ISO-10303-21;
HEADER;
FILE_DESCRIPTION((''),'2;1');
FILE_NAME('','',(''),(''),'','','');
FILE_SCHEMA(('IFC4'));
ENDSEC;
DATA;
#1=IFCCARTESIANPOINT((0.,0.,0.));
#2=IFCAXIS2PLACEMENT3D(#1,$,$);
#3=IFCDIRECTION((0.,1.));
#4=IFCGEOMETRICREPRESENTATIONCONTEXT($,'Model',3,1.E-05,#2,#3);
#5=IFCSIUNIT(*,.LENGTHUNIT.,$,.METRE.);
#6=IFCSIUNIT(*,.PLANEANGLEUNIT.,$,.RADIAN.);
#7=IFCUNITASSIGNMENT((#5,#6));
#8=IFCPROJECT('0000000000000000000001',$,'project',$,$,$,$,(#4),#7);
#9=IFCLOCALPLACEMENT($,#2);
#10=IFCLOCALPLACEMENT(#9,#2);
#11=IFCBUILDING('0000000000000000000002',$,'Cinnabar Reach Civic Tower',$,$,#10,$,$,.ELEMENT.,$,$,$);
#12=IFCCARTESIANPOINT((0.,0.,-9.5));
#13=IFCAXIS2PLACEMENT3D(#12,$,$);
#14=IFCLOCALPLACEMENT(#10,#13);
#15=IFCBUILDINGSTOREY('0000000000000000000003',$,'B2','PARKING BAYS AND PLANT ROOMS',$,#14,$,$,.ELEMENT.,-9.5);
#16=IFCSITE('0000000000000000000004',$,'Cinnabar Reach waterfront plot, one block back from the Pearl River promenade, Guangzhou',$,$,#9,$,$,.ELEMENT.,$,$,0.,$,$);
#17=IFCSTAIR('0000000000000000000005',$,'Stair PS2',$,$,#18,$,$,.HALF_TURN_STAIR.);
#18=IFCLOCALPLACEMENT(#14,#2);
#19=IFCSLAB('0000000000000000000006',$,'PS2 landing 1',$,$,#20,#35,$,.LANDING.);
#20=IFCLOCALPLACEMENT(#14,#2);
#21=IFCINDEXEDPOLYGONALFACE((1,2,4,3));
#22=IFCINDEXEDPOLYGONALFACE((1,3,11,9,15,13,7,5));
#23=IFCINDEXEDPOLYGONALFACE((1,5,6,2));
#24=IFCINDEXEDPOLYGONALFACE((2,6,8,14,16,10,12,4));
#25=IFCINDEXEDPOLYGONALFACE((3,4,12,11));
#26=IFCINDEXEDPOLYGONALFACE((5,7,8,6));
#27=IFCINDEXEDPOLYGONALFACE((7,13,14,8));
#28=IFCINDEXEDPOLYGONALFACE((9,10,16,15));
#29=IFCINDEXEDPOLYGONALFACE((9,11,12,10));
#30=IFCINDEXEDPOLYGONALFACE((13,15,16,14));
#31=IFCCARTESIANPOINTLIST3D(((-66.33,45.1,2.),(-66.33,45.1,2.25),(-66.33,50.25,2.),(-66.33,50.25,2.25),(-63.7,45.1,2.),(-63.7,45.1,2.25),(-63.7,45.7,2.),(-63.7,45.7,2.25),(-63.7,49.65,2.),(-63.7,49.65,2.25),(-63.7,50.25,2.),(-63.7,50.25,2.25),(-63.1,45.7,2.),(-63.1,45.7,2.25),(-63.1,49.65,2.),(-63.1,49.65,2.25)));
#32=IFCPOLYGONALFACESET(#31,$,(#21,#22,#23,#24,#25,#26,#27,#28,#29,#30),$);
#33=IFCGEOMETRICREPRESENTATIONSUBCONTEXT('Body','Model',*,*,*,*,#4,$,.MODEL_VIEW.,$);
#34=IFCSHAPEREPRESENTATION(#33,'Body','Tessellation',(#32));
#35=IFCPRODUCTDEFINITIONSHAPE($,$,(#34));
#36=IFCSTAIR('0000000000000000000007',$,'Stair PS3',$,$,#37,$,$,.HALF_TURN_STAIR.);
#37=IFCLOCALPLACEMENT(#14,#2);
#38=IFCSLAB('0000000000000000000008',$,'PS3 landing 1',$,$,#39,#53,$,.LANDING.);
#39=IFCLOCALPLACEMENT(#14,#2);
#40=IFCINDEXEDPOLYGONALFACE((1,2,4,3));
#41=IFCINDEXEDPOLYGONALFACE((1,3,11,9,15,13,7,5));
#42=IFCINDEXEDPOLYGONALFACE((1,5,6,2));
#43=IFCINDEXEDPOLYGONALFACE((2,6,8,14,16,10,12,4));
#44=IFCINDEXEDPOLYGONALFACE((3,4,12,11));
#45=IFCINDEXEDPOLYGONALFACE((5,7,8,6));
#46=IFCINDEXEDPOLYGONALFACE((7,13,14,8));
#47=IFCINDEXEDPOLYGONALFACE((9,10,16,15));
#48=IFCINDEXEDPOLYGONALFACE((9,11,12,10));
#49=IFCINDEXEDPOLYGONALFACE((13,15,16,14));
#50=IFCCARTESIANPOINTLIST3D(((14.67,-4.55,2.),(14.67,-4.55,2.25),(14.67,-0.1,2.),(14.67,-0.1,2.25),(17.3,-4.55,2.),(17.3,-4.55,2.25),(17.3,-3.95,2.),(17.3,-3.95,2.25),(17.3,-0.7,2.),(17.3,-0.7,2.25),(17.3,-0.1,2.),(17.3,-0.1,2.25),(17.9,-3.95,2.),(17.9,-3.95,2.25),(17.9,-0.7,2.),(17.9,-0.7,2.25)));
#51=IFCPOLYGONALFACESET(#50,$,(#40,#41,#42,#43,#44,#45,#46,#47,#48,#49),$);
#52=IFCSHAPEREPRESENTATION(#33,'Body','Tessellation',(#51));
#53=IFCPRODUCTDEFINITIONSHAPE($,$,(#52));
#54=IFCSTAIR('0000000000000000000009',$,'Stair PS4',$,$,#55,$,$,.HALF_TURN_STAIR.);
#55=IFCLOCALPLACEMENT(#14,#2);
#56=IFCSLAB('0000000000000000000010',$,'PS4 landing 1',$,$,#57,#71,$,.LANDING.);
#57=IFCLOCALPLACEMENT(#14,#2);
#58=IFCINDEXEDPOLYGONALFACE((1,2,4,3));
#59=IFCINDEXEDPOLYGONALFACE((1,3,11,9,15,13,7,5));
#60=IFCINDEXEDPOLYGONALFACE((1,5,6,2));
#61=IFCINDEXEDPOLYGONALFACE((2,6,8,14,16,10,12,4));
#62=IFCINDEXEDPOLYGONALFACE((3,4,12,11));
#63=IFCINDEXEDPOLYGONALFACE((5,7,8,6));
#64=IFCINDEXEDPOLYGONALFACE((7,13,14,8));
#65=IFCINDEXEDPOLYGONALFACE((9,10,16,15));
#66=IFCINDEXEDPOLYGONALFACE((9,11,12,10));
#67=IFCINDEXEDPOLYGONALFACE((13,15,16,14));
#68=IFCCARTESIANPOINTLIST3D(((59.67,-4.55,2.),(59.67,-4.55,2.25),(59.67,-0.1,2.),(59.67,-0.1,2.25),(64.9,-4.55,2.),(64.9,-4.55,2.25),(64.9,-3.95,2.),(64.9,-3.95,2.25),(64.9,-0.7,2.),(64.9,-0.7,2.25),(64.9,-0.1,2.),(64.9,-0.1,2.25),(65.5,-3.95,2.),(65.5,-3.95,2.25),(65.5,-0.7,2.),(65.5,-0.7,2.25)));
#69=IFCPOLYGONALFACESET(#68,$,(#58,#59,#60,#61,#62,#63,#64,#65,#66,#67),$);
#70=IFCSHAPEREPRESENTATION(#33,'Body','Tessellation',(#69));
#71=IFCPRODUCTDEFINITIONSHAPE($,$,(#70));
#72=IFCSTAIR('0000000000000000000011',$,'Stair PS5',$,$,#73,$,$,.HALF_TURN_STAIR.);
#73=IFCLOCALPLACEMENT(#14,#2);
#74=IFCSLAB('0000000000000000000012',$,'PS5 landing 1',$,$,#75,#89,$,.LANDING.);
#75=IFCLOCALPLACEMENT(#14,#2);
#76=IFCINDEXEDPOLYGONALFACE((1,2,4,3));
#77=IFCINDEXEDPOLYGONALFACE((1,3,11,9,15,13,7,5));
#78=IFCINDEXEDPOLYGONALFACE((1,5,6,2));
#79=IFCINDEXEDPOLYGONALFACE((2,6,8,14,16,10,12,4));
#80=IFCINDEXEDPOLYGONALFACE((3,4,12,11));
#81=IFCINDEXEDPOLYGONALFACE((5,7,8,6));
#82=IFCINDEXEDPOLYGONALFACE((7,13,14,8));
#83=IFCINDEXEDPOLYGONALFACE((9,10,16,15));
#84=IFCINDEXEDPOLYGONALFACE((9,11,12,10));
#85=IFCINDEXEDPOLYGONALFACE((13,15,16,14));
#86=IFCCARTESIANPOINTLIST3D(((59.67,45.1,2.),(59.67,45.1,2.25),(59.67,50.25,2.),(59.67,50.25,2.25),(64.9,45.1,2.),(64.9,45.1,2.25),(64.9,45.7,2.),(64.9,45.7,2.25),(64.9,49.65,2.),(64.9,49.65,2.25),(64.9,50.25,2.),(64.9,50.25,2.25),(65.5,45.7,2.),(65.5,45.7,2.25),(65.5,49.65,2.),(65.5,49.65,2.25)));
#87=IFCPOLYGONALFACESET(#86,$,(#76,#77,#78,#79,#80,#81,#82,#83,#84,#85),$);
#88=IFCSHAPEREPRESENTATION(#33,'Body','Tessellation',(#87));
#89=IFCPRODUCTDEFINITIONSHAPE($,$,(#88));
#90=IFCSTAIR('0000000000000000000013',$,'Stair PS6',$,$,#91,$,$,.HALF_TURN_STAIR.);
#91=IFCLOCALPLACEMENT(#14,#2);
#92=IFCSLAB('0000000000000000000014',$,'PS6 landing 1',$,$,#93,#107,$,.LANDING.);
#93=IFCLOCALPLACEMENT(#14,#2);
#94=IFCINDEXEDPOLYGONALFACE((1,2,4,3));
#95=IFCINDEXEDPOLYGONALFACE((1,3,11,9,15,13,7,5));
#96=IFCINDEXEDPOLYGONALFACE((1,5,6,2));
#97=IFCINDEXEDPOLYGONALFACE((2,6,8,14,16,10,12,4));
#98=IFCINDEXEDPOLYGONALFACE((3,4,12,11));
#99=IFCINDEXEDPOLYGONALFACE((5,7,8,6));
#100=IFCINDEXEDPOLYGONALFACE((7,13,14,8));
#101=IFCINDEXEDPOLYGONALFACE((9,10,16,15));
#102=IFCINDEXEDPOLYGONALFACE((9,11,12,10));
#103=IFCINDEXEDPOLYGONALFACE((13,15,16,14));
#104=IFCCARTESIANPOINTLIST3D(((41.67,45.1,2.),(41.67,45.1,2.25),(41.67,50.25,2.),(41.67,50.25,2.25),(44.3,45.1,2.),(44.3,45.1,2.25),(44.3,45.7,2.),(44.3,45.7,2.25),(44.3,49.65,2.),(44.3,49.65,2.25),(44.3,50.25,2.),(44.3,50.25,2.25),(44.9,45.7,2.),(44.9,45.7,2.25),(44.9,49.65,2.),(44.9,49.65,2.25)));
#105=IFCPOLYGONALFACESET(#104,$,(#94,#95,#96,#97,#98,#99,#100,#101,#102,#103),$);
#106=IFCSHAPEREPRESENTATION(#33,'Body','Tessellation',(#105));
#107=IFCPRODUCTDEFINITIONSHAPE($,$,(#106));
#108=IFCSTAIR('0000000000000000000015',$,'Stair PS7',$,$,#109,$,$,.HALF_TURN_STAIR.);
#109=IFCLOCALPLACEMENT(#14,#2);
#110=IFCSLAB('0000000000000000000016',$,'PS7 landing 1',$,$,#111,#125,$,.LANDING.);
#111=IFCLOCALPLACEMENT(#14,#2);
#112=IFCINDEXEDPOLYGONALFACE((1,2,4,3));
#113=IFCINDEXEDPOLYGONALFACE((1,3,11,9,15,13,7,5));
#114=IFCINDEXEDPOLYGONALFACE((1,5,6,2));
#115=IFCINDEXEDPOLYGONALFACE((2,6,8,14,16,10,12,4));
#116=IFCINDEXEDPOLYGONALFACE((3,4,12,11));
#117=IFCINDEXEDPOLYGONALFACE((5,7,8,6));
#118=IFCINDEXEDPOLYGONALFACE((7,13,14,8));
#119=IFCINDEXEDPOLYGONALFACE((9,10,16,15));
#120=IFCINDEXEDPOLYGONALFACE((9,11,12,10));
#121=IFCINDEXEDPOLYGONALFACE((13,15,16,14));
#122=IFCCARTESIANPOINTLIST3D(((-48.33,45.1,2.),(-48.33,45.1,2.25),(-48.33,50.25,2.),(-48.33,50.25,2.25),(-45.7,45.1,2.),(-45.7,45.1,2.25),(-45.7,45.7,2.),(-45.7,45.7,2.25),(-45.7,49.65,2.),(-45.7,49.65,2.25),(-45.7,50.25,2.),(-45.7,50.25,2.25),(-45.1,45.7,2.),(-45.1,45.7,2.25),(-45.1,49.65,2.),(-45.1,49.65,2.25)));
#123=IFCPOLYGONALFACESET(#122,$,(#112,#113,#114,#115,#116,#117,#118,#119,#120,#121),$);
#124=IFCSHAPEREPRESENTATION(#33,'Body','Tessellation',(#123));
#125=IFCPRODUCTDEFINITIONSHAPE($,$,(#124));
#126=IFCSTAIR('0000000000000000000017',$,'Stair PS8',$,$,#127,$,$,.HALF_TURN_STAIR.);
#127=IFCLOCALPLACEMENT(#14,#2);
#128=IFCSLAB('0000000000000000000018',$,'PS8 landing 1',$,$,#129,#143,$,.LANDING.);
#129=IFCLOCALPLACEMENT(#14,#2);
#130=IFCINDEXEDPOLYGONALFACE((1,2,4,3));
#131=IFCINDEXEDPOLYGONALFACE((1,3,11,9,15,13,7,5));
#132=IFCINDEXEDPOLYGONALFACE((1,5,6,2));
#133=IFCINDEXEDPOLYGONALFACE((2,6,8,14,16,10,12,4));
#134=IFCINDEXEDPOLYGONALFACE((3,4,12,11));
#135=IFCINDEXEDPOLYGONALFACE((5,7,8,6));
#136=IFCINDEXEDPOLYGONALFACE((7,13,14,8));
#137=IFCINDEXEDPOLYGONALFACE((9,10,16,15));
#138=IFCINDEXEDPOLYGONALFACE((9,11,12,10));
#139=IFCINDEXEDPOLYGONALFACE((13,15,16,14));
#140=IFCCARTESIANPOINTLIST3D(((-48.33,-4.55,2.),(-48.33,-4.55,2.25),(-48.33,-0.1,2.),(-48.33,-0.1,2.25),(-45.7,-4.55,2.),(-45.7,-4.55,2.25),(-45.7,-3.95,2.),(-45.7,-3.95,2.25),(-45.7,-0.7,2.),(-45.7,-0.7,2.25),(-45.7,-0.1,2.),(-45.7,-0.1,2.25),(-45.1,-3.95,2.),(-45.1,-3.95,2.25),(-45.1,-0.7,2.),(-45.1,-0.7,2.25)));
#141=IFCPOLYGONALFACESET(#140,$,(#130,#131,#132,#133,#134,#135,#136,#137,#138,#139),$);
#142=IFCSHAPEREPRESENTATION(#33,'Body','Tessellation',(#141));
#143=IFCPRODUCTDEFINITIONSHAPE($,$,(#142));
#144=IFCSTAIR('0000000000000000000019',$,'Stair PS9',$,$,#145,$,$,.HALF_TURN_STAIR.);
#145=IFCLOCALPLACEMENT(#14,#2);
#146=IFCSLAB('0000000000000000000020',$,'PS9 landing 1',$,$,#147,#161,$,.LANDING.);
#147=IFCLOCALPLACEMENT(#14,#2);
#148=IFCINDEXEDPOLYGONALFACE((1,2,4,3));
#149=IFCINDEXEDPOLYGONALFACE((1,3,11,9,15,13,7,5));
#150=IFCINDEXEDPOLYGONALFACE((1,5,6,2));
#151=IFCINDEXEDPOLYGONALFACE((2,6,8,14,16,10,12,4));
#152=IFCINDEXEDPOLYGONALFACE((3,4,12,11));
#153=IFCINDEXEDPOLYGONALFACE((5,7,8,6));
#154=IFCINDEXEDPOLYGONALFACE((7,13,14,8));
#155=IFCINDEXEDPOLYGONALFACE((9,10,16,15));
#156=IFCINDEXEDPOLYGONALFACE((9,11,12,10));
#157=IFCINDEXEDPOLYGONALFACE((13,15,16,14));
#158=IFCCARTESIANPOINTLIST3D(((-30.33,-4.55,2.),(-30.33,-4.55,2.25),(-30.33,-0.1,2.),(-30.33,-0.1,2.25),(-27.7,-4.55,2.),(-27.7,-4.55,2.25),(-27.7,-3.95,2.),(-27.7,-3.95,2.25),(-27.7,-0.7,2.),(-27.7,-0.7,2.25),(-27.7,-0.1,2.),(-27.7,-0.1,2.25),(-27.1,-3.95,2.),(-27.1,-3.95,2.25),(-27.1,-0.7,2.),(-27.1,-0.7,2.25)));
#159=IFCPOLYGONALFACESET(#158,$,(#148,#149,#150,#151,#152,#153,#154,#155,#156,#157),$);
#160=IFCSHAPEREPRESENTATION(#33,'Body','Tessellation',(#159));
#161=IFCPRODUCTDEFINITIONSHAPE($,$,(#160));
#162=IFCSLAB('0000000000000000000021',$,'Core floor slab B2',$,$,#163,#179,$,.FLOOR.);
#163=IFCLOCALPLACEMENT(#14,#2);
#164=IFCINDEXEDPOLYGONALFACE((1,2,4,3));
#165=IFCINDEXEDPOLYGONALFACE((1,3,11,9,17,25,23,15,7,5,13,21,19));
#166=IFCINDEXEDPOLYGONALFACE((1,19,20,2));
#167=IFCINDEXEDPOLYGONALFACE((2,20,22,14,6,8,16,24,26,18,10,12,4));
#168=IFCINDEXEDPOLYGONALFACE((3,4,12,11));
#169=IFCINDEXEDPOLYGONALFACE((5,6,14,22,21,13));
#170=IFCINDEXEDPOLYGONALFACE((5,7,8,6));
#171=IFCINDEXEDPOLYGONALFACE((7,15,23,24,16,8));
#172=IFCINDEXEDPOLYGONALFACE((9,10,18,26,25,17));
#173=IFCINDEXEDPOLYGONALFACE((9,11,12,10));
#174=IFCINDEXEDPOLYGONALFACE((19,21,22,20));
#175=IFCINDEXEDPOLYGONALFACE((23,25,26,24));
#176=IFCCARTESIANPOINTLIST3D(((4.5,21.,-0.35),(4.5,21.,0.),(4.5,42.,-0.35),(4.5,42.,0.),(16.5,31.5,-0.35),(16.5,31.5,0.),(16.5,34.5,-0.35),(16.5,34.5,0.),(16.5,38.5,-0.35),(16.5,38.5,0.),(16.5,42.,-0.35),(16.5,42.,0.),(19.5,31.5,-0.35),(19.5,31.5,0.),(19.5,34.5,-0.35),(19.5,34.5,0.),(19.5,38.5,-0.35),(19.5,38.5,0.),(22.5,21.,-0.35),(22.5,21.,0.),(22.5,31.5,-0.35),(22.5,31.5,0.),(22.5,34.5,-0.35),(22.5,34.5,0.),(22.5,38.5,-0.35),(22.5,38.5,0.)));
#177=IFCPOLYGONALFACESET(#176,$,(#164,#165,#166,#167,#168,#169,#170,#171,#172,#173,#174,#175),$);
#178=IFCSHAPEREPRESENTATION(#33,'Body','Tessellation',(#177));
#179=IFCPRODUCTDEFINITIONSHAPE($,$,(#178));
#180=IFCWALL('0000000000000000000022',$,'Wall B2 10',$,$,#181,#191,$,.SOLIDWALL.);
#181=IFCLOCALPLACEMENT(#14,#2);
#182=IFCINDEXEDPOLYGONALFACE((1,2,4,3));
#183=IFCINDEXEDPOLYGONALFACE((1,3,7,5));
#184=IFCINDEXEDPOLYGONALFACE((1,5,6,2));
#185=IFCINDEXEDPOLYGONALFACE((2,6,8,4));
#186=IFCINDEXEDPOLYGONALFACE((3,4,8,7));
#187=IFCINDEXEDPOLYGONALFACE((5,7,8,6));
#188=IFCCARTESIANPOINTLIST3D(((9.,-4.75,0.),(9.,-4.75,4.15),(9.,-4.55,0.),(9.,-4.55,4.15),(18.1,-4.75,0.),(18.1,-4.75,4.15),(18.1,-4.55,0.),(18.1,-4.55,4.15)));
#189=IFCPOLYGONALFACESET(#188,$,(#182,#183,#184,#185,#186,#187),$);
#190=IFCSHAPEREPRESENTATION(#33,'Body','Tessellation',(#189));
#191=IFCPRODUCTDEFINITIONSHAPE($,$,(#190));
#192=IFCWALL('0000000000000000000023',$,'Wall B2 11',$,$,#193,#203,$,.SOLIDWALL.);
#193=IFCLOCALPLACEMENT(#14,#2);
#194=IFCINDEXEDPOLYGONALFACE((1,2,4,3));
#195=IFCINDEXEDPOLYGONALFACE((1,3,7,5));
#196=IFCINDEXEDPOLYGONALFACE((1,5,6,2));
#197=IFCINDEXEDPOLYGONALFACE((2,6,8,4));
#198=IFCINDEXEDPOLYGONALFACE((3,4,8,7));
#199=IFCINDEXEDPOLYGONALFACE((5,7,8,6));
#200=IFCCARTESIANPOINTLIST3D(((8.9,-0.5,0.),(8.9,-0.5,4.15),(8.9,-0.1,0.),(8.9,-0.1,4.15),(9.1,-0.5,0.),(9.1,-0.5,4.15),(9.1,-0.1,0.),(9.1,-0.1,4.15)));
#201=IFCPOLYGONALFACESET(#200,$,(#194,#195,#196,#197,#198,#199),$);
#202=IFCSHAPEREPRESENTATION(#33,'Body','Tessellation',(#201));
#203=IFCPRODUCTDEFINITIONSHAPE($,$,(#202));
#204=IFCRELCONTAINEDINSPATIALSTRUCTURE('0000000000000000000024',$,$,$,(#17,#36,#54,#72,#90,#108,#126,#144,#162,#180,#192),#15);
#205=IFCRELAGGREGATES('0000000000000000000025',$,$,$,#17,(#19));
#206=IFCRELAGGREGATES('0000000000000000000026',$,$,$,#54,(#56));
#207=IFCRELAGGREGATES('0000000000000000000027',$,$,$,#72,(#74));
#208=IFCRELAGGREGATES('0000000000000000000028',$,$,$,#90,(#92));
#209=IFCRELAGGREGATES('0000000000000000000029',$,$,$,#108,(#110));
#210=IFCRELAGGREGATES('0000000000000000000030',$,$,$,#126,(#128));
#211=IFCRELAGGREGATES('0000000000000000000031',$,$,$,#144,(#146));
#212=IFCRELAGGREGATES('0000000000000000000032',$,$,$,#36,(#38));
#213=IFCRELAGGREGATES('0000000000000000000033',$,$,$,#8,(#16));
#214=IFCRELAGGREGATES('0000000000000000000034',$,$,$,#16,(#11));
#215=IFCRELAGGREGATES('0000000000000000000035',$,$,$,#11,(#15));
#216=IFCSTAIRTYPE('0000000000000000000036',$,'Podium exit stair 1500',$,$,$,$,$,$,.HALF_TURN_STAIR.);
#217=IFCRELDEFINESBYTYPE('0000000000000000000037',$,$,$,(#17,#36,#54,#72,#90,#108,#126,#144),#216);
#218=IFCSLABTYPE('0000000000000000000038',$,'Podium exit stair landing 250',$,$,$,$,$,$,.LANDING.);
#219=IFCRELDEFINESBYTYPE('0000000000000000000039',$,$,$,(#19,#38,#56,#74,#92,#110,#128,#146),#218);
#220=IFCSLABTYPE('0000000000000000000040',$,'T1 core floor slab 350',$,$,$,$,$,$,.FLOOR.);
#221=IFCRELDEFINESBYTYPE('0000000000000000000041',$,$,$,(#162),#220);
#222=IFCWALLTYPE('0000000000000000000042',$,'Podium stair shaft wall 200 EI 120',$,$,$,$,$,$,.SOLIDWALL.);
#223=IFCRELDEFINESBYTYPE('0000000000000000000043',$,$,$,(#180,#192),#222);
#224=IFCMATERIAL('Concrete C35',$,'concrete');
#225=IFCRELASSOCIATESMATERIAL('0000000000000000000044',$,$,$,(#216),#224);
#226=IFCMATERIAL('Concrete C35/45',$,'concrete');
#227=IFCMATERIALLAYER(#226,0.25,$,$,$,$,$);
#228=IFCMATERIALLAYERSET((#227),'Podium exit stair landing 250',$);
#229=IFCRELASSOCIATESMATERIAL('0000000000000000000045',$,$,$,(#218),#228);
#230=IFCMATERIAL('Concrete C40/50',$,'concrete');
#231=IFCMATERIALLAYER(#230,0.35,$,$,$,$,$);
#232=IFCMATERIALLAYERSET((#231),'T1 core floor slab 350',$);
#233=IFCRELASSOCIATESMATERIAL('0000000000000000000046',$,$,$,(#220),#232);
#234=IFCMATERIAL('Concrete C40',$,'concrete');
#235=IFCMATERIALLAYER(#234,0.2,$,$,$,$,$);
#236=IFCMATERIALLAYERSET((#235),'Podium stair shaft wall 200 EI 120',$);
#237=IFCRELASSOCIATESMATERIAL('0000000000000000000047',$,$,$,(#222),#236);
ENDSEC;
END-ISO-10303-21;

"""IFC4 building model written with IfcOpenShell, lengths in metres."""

from ifc_helpers import new_model, si_unit, direction, frame, frame_2d, origin, place, context, subcontext, project, spatial, polyline, rectangle, outline, extrude, material, layer, layer_set, type_object, element, aggregate, save


model = new_model("IFC4")

# Units and contexts
model_context = context("Model", 3, precision=1e-05, world=origin(), true_north=direction((0.0, 1.0)))
body_context = subcontext(model_context, "Body", "Model", "MODEL_VIEW")
ifc_project = project(units=[si_unit("LENGTHUNIT", "METRE"), si_unit("PLANEANGLEUNIT", "RADIAN")], contexts=[model_context])

# Site, building, storey
site_placement = place(None, origin())
site = spatial("IfcSite", under=ifc_project, at=site_placement, Name="Cinnabar Reach waterfront plot, one block back from the Pearl River promenade, Guangzhou", CompositionType="ELEMENT", RefElevation=0.0)
building_placement = place(site_placement, origin())
building = spatial("IfcBuilding", under=site, at=building_placement, Name="Cinnabar Reach Civic Tower", CompositionType="ELEMENT")
storey_placement = place(building_placement, frame((0.0, 0.0, -9.5)))
storey = spatial("IfcBuildingStorey", under=building, at=storey_placement, Name="B2", Description="PARKING BAYS AND PLANT ROOMS", CompositionType="ELEMENT", Elevation=-9.5)

# Shared definitions
ifc_material_1 = material(Name="Concrete C40", Category="concrete")

# Stairs, slabs
ifc_material_2 = material(Name="Concrete C35", Category="concrete")
stair_type = type_object("IfcStairType", Name="Podium exit stair 1500", PredefinedType="HALF_TURN_STAIR", material=ifc_material_2)
ifc_material_3 = material(Name="Concrete C35/45", Category="concrete")
ifc_layer_1 = layer(ifc_material_3, 0.25)
ifc_layer_set_1 = layer_set([ifc_layer_1], Name="Podium exit stair landing 250")
slab_type_1 = type_object("IfcSlabType", Name="Podium exit stair landing 250", PredefinedType="LANDING", material=ifc_layer_set_1)
stair_1_placement = place(storey_placement, origin())
stair_1 = element("IfcStair", 1, at=stair_1_placement, inside=storey, type_object=stair_type, Name="Stair PS2", PredefinedType="HALF_TURN_STAIR")
slab_1_placement = place(storey_placement, frame((0.0, 0.0, 2.0)))
slab_1 = element("IfcSlab", 2, at=slab_1_placement, type_object=slab_type_1, Name="PS2 landing 1", PredefinedType="LANDING", context=body_context, shape_type="SweptSolid", body=[
    extrude(outline(polyline([(-63.1, 45.7), (-63.7, 45.7), (-63.7, 45.1), (-66.33, 45.1), (-66.33, 50.25), (-63.7, 50.25), (-63.7, 49.65), (-63.1, 49.65), (-63.1, 45.7)])), origin(), (0.0, 0.0, 1.0), 0.25),
])
aggregate(stair_1, [slab_1])
stair_2_placement = place(storey_placement, origin())
stair_2 = element("IfcStair", 3, at=stair_2_placement, inside=storey, type_object=stair_type, Name="Stair PS3", PredefinedType="HALF_TURN_STAIR")
slab_2_placement = place(storey_placement, frame((0.0, 0.0, 2.0)))
slab_2 = element("IfcSlab", 4, at=slab_2_placement, type_object=slab_type_1, Name="PS3 landing 1", PredefinedType="LANDING", context=body_context, shape_type="SweptSolid", body=[
    extrude(outline(polyline([(17.9, -3.95), (17.3, -3.95), (17.3, -4.55), (14.67, -4.55), (14.67, -0.1), (17.3, -0.1), (17.3, -0.7), (17.9, -0.7), (17.9, -3.95)])), origin(), (0.0, 0.0, 1.0), 0.25),
])
stair_3_placement = place(storey_placement, origin())
stair_3 = element("IfcStair", 5, at=stair_3_placement, inside=storey, type_object=stair_type, Name="Stair PS4", PredefinedType="HALF_TURN_STAIR")
slab_3_placement = place(storey_placement, frame((0.0, 0.0, 2.0)))
slab_3 = element("IfcSlab", 6, at=slab_3_placement, type_object=slab_type_1, Name="PS4 landing 1", PredefinedType="LANDING", context=body_context, shape_type="SweptSolid", body=[
    extrude(outline(polyline([(65.5, -3.95), (64.9, -3.95), (64.9, -4.55), (59.67, -4.55), (59.67, -0.1), (64.9, -0.1), (64.9, -0.7), (65.5, -0.7), (65.5, -3.95)])), origin(), (0.0, 0.0, 1.0), 0.25),
])
aggregate(stair_3, [slab_3])
stair_4_placement = place(storey_placement, origin())
stair_4 = element("IfcStair", 7, at=stair_4_placement, inside=storey, type_object=stair_type, Name="Stair PS5", PredefinedType="HALF_TURN_STAIR")
slab_4_placement = place(storey_placement, frame((0.0, 0.0, 2.0)))
slab_4 = element("IfcSlab", 8, at=slab_4_placement, type_object=slab_type_1, Name="PS5 landing 1", PredefinedType="LANDING", context=body_context, shape_type="SweptSolid", body=[
    extrude(outline(polyline([(65.5, 45.7), (64.9, 45.7), (64.9, 45.1), (59.67, 45.1), (59.67, 50.25), (64.9, 50.25), (64.9, 49.65), (65.5, 49.65), (65.5, 45.7)])), origin(), (0.0, 0.0, 1.0), 0.25),
])
aggregate(stair_4, [slab_4])
stair_5_placement = place(storey_placement, origin())
stair_5 = element("IfcStair", 9, at=stair_5_placement, inside=storey, type_object=stair_type, Name="Stair PS6", PredefinedType="HALF_TURN_STAIR")
slab_5_placement = place(storey_placement, frame((0.0, 0.0, 2.0)))
slab_5 = element("IfcSlab", 10, at=slab_5_placement, type_object=slab_type_1, Name="PS6 landing 1", PredefinedType="LANDING", context=body_context, shape_type="SweptSolid", body=[
    extrude(outline(polyline([(44.9, 45.7), (44.3, 45.7), (44.3, 45.1), (41.67, 45.1), (41.67, 50.25), (44.3, 50.25), (44.3, 49.65), (44.9, 49.65), (44.9, 45.7)])), origin(), (0.0, 0.0, 1.0), 0.25),
])
aggregate(stair_5, [slab_5])
stair_6_placement = place(storey_placement, origin())
stair_6 = element("IfcStair", 11, at=stair_6_placement, inside=storey, type_object=stair_type, Name="Stair PS7", PredefinedType="HALF_TURN_STAIR")
slab_6_placement = place(storey_placement, frame((0.0, 0.0, 2.0)))
slab_6 = element("IfcSlab", 12, at=slab_6_placement, type_object=slab_type_1, Name="PS7 landing 1", PredefinedType="LANDING", context=body_context, shape_type="SweptSolid", body=[
    extrude(outline(polyline([(-45.1, 45.7), (-45.7, 45.7), (-45.7, 45.1), (-48.33, 45.1), (-48.33, 50.25), (-45.7, 50.25), (-45.7, 49.65), (-45.1, 49.65), (-45.1, 45.7)])), origin(), (0.0, 0.0, 1.0), 0.25),
])
aggregate(stair_6, [slab_6])
stair_7_placement = place(storey_placement, origin())
stair_7 = element("IfcStair", 13, at=stair_7_placement, inside=storey, type_object=stair_type, Name="Stair PS8", PredefinedType="HALF_TURN_STAIR")
slab_7_placement = place(storey_placement, frame((0.0, 0.0, 2.0)))
slab_7 = element("IfcSlab", 14, at=slab_7_placement, type_object=slab_type_1, Name="PS8 landing 1", PredefinedType="LANDING", context=body_context, shape_type="SweptSolid", body=[
    extrude(outline(polyline([(-45.1, -3.95), (-45.7, -3.95), (-45.7, -4.55), (-48.33, -4.55), (-48.33, -0.1), (-45.7, -0.1), (-45.7, -0.7), (-45.1, -0.7), (-45.1, -3.95)])), origin(), (0.0, 0.0, 1.0), 0.25),
])
aggregate(stair_7, [slab_7])
stair_8_placement = place(storey_placement, origin())
stair_8 = element("IfcStair", 15, at=stair_8_placement, inside=storey, type_object=stair_type, Name="Stair PS9", PredefinedType="HALF_TURN_STAIR")
slab_8_placement = place(storey_placement, frame((0.0, 0.0, 2.0)))
slab_8 = element("IfcSlab", 16, at=slab_8_placement, type_object=slab_type_1, Name="PS9 landing 1", PredefinedType="LANDING", context=body_context, shape_type="SweptSolid", body=[
    extrude(outline(polyline([(-27.1, -3.95), (-27.7, -3.95), (-27.7, -4.55), (-30.33, -4.55), (-30.33, -0.1), (-27.7, -0.1), (-27.7, -0.7), (-27.1, -0.7), (-27.1, -3.95)])), origin(), (0.0, 0.0, 1.0), 0.25),
])
aggregate(stair_8, [slab_8])

# Slab
ifc_material_4 = material(Name="Concrete C40/50", Category="concrete")
ifc_layer_2 = layer(ifc_material_4, 0.35)
ifc_layer_set_2 = layer_set([ifc_layer_2], Name="T1 core floor slab 350")
slab_type_2 = type_object("IfcSlabType", Name="T1 core floor slab 350", PredefinedType="FLOOR", material=ifc_layer_set_2)
slab_9_placement = place(storey_placement, frame((0.0, 0.0, -0.35)))
element("IfcSlab", 17, at=slab_9_placement, inside=storey, type_object=slab_type_2, Name="Core floor slab B2", PredefinedType="FLOOR", context=body_context, shape_type="SweptSolid", body=[
    extrude(outline(polyline([(22.5, 21.0), (4.5, 21.0), (4.5, 42.0), (16.5, 42.0), (16.5, 38.5), (19.5, 38.5), (22.5, 38.5), (22.5, 34.5), (19.5, 34.5), (16.5, 34.5), (16.5, 31.5), (19.5, 31.5), (22.5, 31.5), (22.5, 21.0)])), origin(), (0.0, 0.0, 1.0), 0.35),
])

# Walls
ifc_layer_3 = layer(ifc_material_1, 0.2)
ifc_layer_set_3 = layer_set([ifc_layer_3], Name="Podium stair shaft wall 200 EI 120")
wall_type = type_object("IfcWallType", Name="Podium stair shaft wall 200 EI 120", PredefinedType="SOLIDWALL", material=ifc_layer_set_3)
wall_1_placement = place(storey_placement, frame((9.0, -4.65, 0.0), z_axis=(0.0, 0.0, 1.0), x_axis=(1.0, 0.0, 0.0)))
element("IfcWall", 18, at=wall_1_placement, inside=storey, type_object=wall_type, Name="Wall B2 10", PredefinedType="SOLIDWALL", context=body_context, shape_type="SweptSolid", body=[
    extrude(rectangle(XDim=9.1, YDim=0.2, at=frame_2d((4.55, 0.0))), origin(), (0.0, 0.0, 1.0), 4.15),
])
wall_2_placement = place(storey_placement, frame((9.0, -0.5, 0.0), z_axis=(0.0, 0.0, 1.0), x_axis=(0.0, 1.0, 0.0)))
element("IfcWall", 19, at=wall_2_placement, inside=storey, type_object=wall_type, Name="Wall B2 11", PredefinedType="SOLIDWALL", context=body_context, shape_type="SweptSolid", body=[
    extrude(rectangle(XDim=0.4, YDim=0.2, at=frame_2d((0.2, 0.0))), origin(), (0.0, 0.0, 1.0), 4.15),
])

aggregate(stair_2, [slab_2])

save(model, "model.ifc")
